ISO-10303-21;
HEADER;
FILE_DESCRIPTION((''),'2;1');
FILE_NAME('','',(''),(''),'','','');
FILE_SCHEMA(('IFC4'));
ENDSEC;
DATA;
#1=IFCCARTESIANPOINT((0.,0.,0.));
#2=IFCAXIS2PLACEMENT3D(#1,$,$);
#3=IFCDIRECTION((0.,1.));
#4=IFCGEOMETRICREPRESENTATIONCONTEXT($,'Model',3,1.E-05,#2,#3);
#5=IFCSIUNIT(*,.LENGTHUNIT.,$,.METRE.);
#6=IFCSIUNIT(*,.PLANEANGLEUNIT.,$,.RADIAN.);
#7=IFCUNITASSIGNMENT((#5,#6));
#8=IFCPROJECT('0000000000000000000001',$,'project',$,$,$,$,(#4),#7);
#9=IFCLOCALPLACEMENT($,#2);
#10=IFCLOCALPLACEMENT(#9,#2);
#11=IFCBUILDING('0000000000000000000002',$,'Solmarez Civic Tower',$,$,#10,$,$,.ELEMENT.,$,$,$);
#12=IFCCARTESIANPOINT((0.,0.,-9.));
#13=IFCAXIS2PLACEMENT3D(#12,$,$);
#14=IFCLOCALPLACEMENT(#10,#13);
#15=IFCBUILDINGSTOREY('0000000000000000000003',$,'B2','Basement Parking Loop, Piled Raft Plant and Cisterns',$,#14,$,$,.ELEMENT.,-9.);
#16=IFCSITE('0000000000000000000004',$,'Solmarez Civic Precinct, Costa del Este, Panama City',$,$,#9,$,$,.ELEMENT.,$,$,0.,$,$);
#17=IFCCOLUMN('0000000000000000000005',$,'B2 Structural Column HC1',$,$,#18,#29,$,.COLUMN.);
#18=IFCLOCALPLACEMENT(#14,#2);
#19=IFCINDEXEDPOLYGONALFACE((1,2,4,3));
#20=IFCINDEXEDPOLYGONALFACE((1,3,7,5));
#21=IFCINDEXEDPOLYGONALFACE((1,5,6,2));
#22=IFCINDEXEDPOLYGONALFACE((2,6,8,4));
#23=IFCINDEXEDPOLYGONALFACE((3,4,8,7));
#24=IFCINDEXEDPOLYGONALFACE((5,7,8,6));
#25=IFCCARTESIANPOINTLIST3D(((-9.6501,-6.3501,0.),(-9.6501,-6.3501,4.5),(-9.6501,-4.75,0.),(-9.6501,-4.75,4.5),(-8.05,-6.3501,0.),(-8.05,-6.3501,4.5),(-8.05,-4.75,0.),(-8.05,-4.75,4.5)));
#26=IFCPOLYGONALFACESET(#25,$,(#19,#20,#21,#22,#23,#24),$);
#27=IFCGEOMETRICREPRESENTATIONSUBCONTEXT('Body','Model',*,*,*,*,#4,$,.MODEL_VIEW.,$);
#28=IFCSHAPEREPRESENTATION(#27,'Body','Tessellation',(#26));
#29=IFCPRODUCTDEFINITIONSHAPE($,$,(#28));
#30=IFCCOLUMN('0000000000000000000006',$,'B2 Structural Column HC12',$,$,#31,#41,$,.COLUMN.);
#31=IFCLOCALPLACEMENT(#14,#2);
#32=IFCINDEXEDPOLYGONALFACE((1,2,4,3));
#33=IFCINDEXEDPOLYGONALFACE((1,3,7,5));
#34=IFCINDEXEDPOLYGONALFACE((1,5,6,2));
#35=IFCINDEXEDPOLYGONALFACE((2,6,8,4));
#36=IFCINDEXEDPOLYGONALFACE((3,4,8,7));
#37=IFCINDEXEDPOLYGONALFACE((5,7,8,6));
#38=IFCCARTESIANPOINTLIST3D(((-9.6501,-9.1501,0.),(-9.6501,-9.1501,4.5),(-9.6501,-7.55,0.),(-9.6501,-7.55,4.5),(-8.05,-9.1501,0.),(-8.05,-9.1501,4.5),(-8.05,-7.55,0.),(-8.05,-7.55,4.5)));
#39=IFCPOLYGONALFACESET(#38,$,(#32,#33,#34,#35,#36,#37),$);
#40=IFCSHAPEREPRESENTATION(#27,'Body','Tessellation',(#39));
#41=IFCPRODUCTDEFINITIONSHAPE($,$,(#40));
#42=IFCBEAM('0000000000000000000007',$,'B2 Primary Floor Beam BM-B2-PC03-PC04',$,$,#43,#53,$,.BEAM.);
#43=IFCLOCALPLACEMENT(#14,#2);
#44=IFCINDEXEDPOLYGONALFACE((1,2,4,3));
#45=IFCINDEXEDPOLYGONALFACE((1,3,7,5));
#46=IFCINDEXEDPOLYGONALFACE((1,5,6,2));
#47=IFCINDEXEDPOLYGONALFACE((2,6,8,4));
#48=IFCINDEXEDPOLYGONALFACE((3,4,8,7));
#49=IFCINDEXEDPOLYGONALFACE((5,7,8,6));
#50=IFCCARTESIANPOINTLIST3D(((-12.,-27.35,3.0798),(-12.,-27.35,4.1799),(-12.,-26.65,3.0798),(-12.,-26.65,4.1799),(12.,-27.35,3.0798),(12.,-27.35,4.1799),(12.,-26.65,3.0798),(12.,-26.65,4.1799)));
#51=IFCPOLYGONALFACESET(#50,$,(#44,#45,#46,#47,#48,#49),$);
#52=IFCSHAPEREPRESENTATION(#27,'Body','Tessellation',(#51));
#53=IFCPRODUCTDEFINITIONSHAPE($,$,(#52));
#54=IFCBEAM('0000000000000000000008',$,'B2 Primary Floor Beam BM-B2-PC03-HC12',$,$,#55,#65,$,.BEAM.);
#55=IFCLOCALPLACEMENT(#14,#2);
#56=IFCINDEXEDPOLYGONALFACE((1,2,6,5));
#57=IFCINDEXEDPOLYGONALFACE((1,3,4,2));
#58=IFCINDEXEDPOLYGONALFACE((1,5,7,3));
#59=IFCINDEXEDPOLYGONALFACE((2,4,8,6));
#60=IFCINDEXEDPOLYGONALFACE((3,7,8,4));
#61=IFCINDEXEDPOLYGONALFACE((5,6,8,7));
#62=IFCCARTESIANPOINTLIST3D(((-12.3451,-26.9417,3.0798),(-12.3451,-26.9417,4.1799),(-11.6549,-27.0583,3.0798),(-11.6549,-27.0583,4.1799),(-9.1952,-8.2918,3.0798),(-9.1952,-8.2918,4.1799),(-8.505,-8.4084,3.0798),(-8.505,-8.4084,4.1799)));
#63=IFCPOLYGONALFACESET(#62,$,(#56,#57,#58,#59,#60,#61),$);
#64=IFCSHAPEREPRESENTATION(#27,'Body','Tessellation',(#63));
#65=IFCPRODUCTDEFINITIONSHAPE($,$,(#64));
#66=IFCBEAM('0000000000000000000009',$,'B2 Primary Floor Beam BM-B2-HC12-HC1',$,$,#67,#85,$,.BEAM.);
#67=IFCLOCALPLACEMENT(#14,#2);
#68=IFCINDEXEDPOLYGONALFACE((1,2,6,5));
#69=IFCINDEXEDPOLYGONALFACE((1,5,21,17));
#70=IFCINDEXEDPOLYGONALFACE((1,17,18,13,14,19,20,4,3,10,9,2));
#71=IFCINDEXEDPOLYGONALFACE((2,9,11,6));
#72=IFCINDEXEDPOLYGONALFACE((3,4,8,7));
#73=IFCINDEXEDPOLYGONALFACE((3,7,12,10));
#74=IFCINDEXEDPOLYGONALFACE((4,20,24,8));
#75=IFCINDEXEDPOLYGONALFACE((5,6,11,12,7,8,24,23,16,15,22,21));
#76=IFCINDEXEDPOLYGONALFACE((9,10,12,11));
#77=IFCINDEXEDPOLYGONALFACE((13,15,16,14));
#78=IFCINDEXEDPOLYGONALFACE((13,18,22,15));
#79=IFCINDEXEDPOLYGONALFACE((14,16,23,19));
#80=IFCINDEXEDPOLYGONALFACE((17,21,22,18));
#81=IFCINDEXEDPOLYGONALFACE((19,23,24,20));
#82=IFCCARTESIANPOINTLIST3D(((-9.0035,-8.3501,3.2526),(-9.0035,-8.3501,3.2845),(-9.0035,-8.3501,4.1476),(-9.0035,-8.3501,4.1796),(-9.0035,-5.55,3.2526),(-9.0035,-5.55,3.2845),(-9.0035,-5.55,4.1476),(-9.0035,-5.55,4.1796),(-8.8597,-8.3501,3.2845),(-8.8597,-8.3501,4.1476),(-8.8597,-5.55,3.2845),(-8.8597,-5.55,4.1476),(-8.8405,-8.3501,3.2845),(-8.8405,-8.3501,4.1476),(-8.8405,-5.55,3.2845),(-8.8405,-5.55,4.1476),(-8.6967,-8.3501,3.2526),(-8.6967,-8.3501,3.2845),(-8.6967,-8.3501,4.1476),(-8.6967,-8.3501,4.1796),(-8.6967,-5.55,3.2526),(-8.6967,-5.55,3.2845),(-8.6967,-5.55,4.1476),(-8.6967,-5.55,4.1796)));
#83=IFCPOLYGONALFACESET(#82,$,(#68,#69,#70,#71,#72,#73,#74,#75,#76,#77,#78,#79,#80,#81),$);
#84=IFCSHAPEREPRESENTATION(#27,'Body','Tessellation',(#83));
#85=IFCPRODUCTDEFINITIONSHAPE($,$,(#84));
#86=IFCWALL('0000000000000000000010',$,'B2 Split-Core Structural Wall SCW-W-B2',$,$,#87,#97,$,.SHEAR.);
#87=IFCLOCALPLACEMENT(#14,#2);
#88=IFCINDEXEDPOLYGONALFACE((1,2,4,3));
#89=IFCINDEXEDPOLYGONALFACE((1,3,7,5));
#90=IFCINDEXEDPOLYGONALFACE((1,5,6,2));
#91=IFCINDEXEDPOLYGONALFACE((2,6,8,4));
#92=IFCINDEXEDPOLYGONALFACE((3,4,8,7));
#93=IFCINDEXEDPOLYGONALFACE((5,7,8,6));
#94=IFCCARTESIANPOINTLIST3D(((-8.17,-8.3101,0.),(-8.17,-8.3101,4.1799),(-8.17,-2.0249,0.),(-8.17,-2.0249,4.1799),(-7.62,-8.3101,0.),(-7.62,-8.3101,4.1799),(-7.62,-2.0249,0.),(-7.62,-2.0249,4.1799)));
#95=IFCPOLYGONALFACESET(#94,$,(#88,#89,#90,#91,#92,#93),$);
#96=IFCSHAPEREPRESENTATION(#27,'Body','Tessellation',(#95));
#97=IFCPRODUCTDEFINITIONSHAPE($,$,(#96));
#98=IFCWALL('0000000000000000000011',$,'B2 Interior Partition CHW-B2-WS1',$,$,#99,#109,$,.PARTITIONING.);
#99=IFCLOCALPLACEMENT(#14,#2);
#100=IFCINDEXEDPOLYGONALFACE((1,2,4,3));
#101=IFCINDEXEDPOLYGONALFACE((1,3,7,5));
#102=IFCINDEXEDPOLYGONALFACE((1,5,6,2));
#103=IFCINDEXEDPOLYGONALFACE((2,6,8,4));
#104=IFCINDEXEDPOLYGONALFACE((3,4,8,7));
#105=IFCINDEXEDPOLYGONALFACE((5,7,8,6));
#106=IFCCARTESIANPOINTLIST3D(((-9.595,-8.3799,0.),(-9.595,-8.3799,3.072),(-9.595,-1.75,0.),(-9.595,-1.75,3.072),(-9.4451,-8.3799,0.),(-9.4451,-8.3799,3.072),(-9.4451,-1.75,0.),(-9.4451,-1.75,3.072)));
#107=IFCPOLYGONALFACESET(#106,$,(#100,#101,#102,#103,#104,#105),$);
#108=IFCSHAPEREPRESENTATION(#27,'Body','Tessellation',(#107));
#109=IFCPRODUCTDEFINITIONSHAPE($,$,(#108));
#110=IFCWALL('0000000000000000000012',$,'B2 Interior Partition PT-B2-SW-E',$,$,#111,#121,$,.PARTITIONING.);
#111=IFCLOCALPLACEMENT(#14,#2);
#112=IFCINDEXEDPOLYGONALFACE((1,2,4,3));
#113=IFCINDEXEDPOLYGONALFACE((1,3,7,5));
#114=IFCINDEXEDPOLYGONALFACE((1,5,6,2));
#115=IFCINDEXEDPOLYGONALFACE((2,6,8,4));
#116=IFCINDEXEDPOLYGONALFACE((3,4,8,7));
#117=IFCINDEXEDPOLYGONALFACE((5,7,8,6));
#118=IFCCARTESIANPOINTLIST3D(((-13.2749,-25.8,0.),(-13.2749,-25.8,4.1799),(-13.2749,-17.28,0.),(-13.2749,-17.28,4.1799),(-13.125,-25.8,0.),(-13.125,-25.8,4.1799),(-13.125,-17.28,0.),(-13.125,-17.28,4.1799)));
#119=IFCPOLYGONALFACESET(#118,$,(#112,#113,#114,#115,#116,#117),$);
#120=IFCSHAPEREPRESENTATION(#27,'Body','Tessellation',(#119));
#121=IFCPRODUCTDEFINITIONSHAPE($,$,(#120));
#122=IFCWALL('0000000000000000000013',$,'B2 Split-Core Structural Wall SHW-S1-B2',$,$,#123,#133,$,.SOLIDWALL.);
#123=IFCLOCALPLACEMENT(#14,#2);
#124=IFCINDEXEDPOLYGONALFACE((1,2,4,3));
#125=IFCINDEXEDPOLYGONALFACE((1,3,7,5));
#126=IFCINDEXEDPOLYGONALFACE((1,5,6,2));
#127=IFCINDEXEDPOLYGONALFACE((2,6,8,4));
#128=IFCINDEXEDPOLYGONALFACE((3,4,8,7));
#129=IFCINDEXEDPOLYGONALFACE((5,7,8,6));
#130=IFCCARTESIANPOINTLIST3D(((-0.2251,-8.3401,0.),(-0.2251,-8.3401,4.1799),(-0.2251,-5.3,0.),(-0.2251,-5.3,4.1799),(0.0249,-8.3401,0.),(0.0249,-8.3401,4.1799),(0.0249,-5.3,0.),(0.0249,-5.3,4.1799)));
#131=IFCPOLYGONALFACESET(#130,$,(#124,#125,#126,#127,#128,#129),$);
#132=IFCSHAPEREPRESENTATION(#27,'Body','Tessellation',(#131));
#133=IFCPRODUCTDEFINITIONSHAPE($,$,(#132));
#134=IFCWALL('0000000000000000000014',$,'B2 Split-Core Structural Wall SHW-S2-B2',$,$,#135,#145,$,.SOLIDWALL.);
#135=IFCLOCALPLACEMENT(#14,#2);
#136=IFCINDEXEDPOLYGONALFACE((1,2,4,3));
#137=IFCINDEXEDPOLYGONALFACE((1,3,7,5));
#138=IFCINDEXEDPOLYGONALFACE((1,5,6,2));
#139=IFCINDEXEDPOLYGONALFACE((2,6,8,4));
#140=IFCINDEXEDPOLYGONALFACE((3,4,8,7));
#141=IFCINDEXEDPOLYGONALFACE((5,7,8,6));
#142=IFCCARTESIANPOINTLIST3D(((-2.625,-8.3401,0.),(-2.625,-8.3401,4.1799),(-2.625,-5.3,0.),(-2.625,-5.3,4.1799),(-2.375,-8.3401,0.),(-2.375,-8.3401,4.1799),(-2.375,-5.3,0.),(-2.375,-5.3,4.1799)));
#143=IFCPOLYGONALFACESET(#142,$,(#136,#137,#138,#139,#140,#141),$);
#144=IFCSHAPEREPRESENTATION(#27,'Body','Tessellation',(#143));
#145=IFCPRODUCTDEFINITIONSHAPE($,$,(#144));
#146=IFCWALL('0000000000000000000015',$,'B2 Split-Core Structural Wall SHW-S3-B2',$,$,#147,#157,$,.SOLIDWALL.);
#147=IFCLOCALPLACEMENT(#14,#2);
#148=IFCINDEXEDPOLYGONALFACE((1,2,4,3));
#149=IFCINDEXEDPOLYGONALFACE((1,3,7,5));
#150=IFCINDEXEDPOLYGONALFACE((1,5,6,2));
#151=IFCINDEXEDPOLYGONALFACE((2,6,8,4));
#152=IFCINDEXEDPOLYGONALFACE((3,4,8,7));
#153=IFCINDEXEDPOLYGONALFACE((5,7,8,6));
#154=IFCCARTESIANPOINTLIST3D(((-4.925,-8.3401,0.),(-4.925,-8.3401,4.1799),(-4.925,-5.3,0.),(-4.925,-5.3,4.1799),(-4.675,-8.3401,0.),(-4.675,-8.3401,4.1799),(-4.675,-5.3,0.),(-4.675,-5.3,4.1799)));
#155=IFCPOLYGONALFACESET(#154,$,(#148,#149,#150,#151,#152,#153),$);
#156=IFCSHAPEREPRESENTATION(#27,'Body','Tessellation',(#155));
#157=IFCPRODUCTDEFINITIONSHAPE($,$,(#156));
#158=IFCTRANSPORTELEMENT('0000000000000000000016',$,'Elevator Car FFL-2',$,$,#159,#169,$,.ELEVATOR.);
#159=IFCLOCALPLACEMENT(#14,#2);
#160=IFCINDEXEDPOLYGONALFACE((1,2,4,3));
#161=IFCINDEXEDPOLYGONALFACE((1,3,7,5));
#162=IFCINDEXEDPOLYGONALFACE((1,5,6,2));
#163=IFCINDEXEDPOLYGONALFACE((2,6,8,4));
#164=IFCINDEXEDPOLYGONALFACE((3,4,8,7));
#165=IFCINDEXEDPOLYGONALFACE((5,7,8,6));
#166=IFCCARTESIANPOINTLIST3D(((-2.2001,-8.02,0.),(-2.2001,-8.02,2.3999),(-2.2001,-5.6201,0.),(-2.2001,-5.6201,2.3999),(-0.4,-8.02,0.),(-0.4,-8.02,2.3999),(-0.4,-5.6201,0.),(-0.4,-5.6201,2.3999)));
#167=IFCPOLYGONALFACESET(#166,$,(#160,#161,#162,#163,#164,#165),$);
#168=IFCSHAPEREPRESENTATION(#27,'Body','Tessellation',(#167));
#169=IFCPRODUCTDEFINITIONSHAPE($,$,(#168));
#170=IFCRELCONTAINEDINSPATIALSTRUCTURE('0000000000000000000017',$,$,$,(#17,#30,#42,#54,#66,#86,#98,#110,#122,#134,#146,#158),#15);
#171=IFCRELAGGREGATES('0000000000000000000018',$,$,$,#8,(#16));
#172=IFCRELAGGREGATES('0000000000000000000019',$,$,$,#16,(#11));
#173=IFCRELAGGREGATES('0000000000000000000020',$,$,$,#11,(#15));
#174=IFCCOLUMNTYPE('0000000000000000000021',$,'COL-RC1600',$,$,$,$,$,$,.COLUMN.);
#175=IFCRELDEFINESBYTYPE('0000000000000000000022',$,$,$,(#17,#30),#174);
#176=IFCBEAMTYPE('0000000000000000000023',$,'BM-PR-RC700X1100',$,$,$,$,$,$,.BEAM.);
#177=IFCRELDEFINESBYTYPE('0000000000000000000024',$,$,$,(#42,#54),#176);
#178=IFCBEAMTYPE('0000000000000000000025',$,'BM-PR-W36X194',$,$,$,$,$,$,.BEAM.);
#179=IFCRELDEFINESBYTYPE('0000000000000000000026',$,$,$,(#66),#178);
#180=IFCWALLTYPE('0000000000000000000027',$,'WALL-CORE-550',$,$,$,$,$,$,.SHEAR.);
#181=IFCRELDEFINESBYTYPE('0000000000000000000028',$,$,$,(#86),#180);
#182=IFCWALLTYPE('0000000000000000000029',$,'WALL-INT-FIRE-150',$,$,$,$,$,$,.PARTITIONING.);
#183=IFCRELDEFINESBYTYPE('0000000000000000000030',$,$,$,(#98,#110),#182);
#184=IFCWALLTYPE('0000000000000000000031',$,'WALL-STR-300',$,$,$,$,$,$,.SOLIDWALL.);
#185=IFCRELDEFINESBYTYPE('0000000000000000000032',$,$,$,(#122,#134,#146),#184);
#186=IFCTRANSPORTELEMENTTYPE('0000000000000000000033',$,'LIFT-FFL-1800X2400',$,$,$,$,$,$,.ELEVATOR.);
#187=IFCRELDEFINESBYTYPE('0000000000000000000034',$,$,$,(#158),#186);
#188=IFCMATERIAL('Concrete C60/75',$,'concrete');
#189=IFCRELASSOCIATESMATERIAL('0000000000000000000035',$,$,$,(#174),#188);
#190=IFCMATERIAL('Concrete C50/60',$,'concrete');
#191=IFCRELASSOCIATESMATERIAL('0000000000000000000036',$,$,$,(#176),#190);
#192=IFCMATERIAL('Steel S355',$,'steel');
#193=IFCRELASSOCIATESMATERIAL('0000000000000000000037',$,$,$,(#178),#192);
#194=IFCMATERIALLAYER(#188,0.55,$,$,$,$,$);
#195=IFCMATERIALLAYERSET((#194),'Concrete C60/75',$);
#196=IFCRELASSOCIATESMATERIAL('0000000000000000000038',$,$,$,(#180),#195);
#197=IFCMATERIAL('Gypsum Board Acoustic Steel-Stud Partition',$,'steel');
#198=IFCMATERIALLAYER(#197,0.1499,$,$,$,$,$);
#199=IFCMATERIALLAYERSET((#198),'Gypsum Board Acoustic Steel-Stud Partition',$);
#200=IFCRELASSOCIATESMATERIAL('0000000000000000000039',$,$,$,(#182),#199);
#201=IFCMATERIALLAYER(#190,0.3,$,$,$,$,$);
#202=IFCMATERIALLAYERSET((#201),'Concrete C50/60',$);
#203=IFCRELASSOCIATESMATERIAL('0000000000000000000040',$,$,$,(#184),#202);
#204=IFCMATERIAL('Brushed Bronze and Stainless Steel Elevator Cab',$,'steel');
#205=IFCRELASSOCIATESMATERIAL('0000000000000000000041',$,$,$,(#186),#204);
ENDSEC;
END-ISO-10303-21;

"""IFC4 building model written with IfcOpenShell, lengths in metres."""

from ifc_helpers import new_model, si_unit, direction, frame, frame_2d, origin, origin_2d, place, context, subcontext, project, spatial, rectangle, i_section, extrude, material, layer, layer_set, material_profile, profile_set, type_object, element, save


model = new_model("IFC4")

# Units and contexts
model_context = context("Model", 3, precision=1e-05, world=origin(), true_north=direction((0.0, 1.0)))
body_context = subcontext(model_context, "Body", "Model", "MODEL_VIEW")
ifc_project = project(units=[si_unit("LENGTHUNIT", "METRE"), si_unit("PLANEANGLEUNIT", "RADIAN")], contexts=[model_context])

# Site, building, storey
site_placement = place(None, origin())
site = spatial("IfcSite", under=ifc_project, at=site_placement, Name="Solmarez Civic Precinct, Costa del Este, Panama City", CompositionType="ELEMENT", RefElevation=0.0)
building_placement = place(site_placement, origin())
building = spatial("IfcBuilding", under=site, at=building_placement, Name="Solmarez Civic Tower", CompositionType="ELEMENT")
storey_placement = place(building_placement, frame((0.0, 0.0, -9.0)))
storey = spatial("IfcBuildingStorey", under=building, at=storey_placement, Name="B2", Description="Basement Parking Loop, Piled Raft Plant and Cisterns", CompositionType="ELEMENT", Elevation=-9.0)

# Columns
ifc_material_1 = material(Name="Steel S355", Category="steel")
ifc_material_2 = material(Name="Concrete C60/75", Category="concrete")
ifc_material_profile_1 = material_profile(ifc_material_2, rectangle(XDim=1.6001, YDim=1.6001, at=origin_2d()), Name="RC1600X1600")
ifc_profile_set_1 = profile_set([ifc_material_profile_1], Name="Concrete C60/75")
column_type_1 = type_object("IfcColumnType", Name="COL-RC1600", PredefinedType="COLUMN", material=ifc_profile_set_1)
for number, where, z_axis, x_axis, name in (
    (1, (-8.8501, -5.55, 0.0), (0.0, 0.0, 1.0), (1.0, 0.0, 0.0), "B2 Structural Column HC1"),
    (2, (-8.8501, -8.3501, 0.0), (0.0, 0.0, 1.0), (1.0, 0.0, 0.0), "B2 Structural Column HC12"),
):
    element("IfcColumn", number, at=place(storey_placement, frame(where, z_axis=z_axis, x_axis=x_axis)), inside=storey, type_object=column_type_1, Name=name, PredefinedType="COLUMN", context=body_context, shape_type="SweptSolid", body=[
        extrude(rectangle(XDim=1.6001, YDim=1.6001, at=origin_2d()), origin(), (0.0, 0.0, 1.0), 4.5),
    ])

# Beams
ifc_material_3 = material(Name="Concrete C50/60", Category="concrete")
ifc_material_profile_2 = material_profile(ifc_material_3, rectangle(XDim=0.7, YDim=1.1001, at=origin_2d()), Name="RC700X1100")
ifc_profile_set_2 = profile_set([ifc_material_profile_2], Name="Concrete C50/60")
beam_type_1 = type_object("IfcBeamType", Name="BM-PR-RC700X1100", PredefinedType="BEAM", material=ifc_profile_set_2)
beam_1_placement = place(storey_placement, frame((-12.0, -27.0, 3.6299), z_axis=(1.0, 0.0, 0.0), x_axis=(0.0, 1.0, 0.0)))
element("IfcBeam", 3, at=beam_1_placement, inside=storey, type_object=beam_type_1, Name="B2 Primary Floor Beam BM-B2-PC03-PC04", PredefinedType="BEAM", context=body_context, shape_type="SweptSolid", body=[
    extrude(rectangle(XDim=0.7, YDim=1.1001, at=origin_2d()), origin(), (0.0, 0.0, 1.0), 24.0),
])
beam_2_placement = place(storey_placement, frame((-12.0, -27.0, 3.6299), z_axis=(0.166538, 0.986035, 0.0), x_axis=(-0.986035, 0.166538, 0.0)))
element("IfcBeam", 4, at=beam_2_placement, inside=storey, type_object=beam_type_1, Name="B2 Primary Floor Beam BM-B2-PC03-HC12", PredefinedType="BEAM", context=body_context, shape_type="SweptSolid", body=[
    extrude(rectangle(XDim=0.7, YDim=1.1001, at=origin_2d()), origin(), (0.0, 0.0, 1.0), 18.9141),
])
ifc_material_profile_3 = material_profile(ifc_material_1, i_section(OverallWidth=0.3069, OverallDepth=0.927, WebThickness=0.0193, FlangeThickness=0.032, at=origin_2d()), Name="W36X194")
ifc_profile_set_3 = profile_set([ifc_material_profile_3], Name="Steel S355")
beam_type_2 = type_object("IfcBeamType", Name="BM-PR-W36X194", PredefinedType="BEAM", material=ifc_profile_set_3)
beam_3_placement = place(storey_placement, frame((-8.8501, -8.3501, 3.7161), z_axis=(0.0, 1.0, 0.0), x_axis=(-1.0, 0.0, 0.0)))
element("IfcBeam", 5, at=beam_3_placement, inside=storey, type_object=beam_type_2, Name="B2 Primary Floor Beam BM-B2-HC12-HC1", PredefinedType="BEAM", context=body_context, shape_type="SweptSolid", body=[
    extrude(i_section(OverallWidth=0.3069, OverallDepth=0.927, WebThickness=0.0193, FlangeThickness=0.032, at=origin_2d()), origin(), (0.0, 0.0, 1.0), 2.8),
])

# Walls
ifc_layer_1 = layer(ifc_material_2, 0.55)
ifc_layer_set_1 = layer_set([ifc_layer_1], Name="Concrete C60/75")
wall_type_1 = type_object("IfcWallType", Name="WALL-CORE-550", PredefinedType="SHEAR", material=ifc_layer_set_1)
wall_1_placement = place(storey_placement, frame((-7.895, -8.3101, 0.0), z_axis=(0.0, 0.0, 1.0), x_axis=(0.0, 1.0, 0.0)))
element("IfcWall", 6, at=wall_1_placement, inside=storey, type_object=wall_type_1, Name="B2 Split-Core Structural Wall SCW-W-B2", PredefinedType="SHEAR", context=body_context, shape_type="SweptSolid", body=[
    extrude(rectangle(XDim=6.2852, YDim=0.55, at=frame_2d((3.1426, 0.0))), origin(), (0.0, 0.0, 1.0), 4.1799),
])
ifc_material_4 = material(Name="Gypsum Board Acoustic Steel-Stud Partition", Category="steel")
ifc_layer_2 = layer(ifc_material_4, 0.1499)
ifc_layer_set_2 = layer_set([ifc_layer_2], Name="Gypsum Board Acoustic Steel-Stud Partition")
wall_type_2 = type_object("IfcWallType", Name="WALL-INT-FIRE-150", PredefinedType="PARTITIONING", material=ifc_layer_set_2)
wall_2_placement = place(storey_placement, frame((-9.52, -8.3799, 0.0), z_axis=(0.0, 0.0, 1.0), x_axis=(0.0, 1.0, 0.0)))
element("IfcWall", 7, at=wall_2_placement, inside=storey, type_object=wall_type_2, Name="B2 Interior Partition CHW-B2-WS1", PredefinedType="PARTITIONING", context=body_context, shape_type="SweptSolid", body=[
    extrude(rectangle(XDim=6.6299, YDim=0.1499, at=frame_2d((3.3149, 0.0))), origin(), (0.0, 0.0, 1.0), 3.072),
])
wall_3_placement = place(storey_placement, frame((-13.2, -25.8, 0.0), z_axis=(0.0, 0.0, 1.0), x_axis=(0.0, 1.0, 0.0)))
element("IfcWall", 8, at=wall_3_placement, inside=storey, type_object=wall_type_2, Name="B2 Interior Partition PT-B2-SW-E", PredefinedType="PARTITIONING", context=body_context, shape_type="SweptSolid", body=[
    extrude(rectangle(XDim=8.52, YDim=0.1499, at=frame_2d((4.26, 0.0))), origin(), (0.0, 0.0, 1.0), 4.1799),
])
ifc_layer_3 = layer(ifc_material_3, 0.3)
ifc_layer_set_3 = layer_set([ifc_layer_3], Name="Concrete C50/60")
wall_type_3 = type_object("IfcWallType", Name="WALL-STR-300", PredefinedType="SOLIDWALL", material=ifc_layer_set_3)
for number, where, z_axis, x_axis, name in (
    (9, (-0.1001, -8.3401, 0.0), (0.0, 0.0, 1.0), (0.0, 1.0, 0.0), "B2 Split-Core Structural Wall SHW-S1-B2"),
    (10, (-2.5, -8.3401, 0.0), (0.0, 0.0, 1.0), (0.0, 1.0, 0.0), "B2 Split-Core Structural Wall SHW-S2-B2"),
    (11, (-4.8, -8.3401, 0.0), (0.0, 0.0, 1.0), (0.0, 1.0, 0.0), "B2 Split-Core Structural Wall SHW-S3-B2"),
):
    element("IfcWall", number, at=place(storey_placement, frame(where, z_axis=z_axis, x_axis=x_axis)), inside=storey, type_object=wall_type_3, Name=name, PredefinedType="SOLIDWALL", context=body_context, shape_type="SweptSolid", body=[
        extrude(rectangle(XDim=3.04, YDim=0.25, at=frame_2d((1.52, 0.0))), origin(), (0.0, 0.0, 1.0), 4.1799),
    ])

# Transport element
ifc_material_5 = material(Name="Brushed Bronze and Stainless Steel Elevator Cab", Category="steel")
transport_element_type = type_object("IfcTransportElementType", Name="LIFT-FFL-1800X2400", PredefinedType="ELEVATOR", material=ifc_material_5)
transport_element_placement = place(storey_placement, frame((-1.3, -6.8201, 0.0), z_axis=(0.0, 0.0, 1.0), x_axis=(1.0, 0.0, 0.0)))
element("IfcTransportElement", 12, at=transport_element_placement, inside=storey, type_object=transport_element_type, Name="Elevator Car FFL-2", PredefinedType="ELEVATOR", context=body_context, shape_type="SweptSolid", body=[
    extrude(rectangle(XDim=1.8, YDim=2.3999, at=origin_2d()), origin(), (0.0, 0.0, 1.0), 2.3999),
])

save(model, "model.ifc")
